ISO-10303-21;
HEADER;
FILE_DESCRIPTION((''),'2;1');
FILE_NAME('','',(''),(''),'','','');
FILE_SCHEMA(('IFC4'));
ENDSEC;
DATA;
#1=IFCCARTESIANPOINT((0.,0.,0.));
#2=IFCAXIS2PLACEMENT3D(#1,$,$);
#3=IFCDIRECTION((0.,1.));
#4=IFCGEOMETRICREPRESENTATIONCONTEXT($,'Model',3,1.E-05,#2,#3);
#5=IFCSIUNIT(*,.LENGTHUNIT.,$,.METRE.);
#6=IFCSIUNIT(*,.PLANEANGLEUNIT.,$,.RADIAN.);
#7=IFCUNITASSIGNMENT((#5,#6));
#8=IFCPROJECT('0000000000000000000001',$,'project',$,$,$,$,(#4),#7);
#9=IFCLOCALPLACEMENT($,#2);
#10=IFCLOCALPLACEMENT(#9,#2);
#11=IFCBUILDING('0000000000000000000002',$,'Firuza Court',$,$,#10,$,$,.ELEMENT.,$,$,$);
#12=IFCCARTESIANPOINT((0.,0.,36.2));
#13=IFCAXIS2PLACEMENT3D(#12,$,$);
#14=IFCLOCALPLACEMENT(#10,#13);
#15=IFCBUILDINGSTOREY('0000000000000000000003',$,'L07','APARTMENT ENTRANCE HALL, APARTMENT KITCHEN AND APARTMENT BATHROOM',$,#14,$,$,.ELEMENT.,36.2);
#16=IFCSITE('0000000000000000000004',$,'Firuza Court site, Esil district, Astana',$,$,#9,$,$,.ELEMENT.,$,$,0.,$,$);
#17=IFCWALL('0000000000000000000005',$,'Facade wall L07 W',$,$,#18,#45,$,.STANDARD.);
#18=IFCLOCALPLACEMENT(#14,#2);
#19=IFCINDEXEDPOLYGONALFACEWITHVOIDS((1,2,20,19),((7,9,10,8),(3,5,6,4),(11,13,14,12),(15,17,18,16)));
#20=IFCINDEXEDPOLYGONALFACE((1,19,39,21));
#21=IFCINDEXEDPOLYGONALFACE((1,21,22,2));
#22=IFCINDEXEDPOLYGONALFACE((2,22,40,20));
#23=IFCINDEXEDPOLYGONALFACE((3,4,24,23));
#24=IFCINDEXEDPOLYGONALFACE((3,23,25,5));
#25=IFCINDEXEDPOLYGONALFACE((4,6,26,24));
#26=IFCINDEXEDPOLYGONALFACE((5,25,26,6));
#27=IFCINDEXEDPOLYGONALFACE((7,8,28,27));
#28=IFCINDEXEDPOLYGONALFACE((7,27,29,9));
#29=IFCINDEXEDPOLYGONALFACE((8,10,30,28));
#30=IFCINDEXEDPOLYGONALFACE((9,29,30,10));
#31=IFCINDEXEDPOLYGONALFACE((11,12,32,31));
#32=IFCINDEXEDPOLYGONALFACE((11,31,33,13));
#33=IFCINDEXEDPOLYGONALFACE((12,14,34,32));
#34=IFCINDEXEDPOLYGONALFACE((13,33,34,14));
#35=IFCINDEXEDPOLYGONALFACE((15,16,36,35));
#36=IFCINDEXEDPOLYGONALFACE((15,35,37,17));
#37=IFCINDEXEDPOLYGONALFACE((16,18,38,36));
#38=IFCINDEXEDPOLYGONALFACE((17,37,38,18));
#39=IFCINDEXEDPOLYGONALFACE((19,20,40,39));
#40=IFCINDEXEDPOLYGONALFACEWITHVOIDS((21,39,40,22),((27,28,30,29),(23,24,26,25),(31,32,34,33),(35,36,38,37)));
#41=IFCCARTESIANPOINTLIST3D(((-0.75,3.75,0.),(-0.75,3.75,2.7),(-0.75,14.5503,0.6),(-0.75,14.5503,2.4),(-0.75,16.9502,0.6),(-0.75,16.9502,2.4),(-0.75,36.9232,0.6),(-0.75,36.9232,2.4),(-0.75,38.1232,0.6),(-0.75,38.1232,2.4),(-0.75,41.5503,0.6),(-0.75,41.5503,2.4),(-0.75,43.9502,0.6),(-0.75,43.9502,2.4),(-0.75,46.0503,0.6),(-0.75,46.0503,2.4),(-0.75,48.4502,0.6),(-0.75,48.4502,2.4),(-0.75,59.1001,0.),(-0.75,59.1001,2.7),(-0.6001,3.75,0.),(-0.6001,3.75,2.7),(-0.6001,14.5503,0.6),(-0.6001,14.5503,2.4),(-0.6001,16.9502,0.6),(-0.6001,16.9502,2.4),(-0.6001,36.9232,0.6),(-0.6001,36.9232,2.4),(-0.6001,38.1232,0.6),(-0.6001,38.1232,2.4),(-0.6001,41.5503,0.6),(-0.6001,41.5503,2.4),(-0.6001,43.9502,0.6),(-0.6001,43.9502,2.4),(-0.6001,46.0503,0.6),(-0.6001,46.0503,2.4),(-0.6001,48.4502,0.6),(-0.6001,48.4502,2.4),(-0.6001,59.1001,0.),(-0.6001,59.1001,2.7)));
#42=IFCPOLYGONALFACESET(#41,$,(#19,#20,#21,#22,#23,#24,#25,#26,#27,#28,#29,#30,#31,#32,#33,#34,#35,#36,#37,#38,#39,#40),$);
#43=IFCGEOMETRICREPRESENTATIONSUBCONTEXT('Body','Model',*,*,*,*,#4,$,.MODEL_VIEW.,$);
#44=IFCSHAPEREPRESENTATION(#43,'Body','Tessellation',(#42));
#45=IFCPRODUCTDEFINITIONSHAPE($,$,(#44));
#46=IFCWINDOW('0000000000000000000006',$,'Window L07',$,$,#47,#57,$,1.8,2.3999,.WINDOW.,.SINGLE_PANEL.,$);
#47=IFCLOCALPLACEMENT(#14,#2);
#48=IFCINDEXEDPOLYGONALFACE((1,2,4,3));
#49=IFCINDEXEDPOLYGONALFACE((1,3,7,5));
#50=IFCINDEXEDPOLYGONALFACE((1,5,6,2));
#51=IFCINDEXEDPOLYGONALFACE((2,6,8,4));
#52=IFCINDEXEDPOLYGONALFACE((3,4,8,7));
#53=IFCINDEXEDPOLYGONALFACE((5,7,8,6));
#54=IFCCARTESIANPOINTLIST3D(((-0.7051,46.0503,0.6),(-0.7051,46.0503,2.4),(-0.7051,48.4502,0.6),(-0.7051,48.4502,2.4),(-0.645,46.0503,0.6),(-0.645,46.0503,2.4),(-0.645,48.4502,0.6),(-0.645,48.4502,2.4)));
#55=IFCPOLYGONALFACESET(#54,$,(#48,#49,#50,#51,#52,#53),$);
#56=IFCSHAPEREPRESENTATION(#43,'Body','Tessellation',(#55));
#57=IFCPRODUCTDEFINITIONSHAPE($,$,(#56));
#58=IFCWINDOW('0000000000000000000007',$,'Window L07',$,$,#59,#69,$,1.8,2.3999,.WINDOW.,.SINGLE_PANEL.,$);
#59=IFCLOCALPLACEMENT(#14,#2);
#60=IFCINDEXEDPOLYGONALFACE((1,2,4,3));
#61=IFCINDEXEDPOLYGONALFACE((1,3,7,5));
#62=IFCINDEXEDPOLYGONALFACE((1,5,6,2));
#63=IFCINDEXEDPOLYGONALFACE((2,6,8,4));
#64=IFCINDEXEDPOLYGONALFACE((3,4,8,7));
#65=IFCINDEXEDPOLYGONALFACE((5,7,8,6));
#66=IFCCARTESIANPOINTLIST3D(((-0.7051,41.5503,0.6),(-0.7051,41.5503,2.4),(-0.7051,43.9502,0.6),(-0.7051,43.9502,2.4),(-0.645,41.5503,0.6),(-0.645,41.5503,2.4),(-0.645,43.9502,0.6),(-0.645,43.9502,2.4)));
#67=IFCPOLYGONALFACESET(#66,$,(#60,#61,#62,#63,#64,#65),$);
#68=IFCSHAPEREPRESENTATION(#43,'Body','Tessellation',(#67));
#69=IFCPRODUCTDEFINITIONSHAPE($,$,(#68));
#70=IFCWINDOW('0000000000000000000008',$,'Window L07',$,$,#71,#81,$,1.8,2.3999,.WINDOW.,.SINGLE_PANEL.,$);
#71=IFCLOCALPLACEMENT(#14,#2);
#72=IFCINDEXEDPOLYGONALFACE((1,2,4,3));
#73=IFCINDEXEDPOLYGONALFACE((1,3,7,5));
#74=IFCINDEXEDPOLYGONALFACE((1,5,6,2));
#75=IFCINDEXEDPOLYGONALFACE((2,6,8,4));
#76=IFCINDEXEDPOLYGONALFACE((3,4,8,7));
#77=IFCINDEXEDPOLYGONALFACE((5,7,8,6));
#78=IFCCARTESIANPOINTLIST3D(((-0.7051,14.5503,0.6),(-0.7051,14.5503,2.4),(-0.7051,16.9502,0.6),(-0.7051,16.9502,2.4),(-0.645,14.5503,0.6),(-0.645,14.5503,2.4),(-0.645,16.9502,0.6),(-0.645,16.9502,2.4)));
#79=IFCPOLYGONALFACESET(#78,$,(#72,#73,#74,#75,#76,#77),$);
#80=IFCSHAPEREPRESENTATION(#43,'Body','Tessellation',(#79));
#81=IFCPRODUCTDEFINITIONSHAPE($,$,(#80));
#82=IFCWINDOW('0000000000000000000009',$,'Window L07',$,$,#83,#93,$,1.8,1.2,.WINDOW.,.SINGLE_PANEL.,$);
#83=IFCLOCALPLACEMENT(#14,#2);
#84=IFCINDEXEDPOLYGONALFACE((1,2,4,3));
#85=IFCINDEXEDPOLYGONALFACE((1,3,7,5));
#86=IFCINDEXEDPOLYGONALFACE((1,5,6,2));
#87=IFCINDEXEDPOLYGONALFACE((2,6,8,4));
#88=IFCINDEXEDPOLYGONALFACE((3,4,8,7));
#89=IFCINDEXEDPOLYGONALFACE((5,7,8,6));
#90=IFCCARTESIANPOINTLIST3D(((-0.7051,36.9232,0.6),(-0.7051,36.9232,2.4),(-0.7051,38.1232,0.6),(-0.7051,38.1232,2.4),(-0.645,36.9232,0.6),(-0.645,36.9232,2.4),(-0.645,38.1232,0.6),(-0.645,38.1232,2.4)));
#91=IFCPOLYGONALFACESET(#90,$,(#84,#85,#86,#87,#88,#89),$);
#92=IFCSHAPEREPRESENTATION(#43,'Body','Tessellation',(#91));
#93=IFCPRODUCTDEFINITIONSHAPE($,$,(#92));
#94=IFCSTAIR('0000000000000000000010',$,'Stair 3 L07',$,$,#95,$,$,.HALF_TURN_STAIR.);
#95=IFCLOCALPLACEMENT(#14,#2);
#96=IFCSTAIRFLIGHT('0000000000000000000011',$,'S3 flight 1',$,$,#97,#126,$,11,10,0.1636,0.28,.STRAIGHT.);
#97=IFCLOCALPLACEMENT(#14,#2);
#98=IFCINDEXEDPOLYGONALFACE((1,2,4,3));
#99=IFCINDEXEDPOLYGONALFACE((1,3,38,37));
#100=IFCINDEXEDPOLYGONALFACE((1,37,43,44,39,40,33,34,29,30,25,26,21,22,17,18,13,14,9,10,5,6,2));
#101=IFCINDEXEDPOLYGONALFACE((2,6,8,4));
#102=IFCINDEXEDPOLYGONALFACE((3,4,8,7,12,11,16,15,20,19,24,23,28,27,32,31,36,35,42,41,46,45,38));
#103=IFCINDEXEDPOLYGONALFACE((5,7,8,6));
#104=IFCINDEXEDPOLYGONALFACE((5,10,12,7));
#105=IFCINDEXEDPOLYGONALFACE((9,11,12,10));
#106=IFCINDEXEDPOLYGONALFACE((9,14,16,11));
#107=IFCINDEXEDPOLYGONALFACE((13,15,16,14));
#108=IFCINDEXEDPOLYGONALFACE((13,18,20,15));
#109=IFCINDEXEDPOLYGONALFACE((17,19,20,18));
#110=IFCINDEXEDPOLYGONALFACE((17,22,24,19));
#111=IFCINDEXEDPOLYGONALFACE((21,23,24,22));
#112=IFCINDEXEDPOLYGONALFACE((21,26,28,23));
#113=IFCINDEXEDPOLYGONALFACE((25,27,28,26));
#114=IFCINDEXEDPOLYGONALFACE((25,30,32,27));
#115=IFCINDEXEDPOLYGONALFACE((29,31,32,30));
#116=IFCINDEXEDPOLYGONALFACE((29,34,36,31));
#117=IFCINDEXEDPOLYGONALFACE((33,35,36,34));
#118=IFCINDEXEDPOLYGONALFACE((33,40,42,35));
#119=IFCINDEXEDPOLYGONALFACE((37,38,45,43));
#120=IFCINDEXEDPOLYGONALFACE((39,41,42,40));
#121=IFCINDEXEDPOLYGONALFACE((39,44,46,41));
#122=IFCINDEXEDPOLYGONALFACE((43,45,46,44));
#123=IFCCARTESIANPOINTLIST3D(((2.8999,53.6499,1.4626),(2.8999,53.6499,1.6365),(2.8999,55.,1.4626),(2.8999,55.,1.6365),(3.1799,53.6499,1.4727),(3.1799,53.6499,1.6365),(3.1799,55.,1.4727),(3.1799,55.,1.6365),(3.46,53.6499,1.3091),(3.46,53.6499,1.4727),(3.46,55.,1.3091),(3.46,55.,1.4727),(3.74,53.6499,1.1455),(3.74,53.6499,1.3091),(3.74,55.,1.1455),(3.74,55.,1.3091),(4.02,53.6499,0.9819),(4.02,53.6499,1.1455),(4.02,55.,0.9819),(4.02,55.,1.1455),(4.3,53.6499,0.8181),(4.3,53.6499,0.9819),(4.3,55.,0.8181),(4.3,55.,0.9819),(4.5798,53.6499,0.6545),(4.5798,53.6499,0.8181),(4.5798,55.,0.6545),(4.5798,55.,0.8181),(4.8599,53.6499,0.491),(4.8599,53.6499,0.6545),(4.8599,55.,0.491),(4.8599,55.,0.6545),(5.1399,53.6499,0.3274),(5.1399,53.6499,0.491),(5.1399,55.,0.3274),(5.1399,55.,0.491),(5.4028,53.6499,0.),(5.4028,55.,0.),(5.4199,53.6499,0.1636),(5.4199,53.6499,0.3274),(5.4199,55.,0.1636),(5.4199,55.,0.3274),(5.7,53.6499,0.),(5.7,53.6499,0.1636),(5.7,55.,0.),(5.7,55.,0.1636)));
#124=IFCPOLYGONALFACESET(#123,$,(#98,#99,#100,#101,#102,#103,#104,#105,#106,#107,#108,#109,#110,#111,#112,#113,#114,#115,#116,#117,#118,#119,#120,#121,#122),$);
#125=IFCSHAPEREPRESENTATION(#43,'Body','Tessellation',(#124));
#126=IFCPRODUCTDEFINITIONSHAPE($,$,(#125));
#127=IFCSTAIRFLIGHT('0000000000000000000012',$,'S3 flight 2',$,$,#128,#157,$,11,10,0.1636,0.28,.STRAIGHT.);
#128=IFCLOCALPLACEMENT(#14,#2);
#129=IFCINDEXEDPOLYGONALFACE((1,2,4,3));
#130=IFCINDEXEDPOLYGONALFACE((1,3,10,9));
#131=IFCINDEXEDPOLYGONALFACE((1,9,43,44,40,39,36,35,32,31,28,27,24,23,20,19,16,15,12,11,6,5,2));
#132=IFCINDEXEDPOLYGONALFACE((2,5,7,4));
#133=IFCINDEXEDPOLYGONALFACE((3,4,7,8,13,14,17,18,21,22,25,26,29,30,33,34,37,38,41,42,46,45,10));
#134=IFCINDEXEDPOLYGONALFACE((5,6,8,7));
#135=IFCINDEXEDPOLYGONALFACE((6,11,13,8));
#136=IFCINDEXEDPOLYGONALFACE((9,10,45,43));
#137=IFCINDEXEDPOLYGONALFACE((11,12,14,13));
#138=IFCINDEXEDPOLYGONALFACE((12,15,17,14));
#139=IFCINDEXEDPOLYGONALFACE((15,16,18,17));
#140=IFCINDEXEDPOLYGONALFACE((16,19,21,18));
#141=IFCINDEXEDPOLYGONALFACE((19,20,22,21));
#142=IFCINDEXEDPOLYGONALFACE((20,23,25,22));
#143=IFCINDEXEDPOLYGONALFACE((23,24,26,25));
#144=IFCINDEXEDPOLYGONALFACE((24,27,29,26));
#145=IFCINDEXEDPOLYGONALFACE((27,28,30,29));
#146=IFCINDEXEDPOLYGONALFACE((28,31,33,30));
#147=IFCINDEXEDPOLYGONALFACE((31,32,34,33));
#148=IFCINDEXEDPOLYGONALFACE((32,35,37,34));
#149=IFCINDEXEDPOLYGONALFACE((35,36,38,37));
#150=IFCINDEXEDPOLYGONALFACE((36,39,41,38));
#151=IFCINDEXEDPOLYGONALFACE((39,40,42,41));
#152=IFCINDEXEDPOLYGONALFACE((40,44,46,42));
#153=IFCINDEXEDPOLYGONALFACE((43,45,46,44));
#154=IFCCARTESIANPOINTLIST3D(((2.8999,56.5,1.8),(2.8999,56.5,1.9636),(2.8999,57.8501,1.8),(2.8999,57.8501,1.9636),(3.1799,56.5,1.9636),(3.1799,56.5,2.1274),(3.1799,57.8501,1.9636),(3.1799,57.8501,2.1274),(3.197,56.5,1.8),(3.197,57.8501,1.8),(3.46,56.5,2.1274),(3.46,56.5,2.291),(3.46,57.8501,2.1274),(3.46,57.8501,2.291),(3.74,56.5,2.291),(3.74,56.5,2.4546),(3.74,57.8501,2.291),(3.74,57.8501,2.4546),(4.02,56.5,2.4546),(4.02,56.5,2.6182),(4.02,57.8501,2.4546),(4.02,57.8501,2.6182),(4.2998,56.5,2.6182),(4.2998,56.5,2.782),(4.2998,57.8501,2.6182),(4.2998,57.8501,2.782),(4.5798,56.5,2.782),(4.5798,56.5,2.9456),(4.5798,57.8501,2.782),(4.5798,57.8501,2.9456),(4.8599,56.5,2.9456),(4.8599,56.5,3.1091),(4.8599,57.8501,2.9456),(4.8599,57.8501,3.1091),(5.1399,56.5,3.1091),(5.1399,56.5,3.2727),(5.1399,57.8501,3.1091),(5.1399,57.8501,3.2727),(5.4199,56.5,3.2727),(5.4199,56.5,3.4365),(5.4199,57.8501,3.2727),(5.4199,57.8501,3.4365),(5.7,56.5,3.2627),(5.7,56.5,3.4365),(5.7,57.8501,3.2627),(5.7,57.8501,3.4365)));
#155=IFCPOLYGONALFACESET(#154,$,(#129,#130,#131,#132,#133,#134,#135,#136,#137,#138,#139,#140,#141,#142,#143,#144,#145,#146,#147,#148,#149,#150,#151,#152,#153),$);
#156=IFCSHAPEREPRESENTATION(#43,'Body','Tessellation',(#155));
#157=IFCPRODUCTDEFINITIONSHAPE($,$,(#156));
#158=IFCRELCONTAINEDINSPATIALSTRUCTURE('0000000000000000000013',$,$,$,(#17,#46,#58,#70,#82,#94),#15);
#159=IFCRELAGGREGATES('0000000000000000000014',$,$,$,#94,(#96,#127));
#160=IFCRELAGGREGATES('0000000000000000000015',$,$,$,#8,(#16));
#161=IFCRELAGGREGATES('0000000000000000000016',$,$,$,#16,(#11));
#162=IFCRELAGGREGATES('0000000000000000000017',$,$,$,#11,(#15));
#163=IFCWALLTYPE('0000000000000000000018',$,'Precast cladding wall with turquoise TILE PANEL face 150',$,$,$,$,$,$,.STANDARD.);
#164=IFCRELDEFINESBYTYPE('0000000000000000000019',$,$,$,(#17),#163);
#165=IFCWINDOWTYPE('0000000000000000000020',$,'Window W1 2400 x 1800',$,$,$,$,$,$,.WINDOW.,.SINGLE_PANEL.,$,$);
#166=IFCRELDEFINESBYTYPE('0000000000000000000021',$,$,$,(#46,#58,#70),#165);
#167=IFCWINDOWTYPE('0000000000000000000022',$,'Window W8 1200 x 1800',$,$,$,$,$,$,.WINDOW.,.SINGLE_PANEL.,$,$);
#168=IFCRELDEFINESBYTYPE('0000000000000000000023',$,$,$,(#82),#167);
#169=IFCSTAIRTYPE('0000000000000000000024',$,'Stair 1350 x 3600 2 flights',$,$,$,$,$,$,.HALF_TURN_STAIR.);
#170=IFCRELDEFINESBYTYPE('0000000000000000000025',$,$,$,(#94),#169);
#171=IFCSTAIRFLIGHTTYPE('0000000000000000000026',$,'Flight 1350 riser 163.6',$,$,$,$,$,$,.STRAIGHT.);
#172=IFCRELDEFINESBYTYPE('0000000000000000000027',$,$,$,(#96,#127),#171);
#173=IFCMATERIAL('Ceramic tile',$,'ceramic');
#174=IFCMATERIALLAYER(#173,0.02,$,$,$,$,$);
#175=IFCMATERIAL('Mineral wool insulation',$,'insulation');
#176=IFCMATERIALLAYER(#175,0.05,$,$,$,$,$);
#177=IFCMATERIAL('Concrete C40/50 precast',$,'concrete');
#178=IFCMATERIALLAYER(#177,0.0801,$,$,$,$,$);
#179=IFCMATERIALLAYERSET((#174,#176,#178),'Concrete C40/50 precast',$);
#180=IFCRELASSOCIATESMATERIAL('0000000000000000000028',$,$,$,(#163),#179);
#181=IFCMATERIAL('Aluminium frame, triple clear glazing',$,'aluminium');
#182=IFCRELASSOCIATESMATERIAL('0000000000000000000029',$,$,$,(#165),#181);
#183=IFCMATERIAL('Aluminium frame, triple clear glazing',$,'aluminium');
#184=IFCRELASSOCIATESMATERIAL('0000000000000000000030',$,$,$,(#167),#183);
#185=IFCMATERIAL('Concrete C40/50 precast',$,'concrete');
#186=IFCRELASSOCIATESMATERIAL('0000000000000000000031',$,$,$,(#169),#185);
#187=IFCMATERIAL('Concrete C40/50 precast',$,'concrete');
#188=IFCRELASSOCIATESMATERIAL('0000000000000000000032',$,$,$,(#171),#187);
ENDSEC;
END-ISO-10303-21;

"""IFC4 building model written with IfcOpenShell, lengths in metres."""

from ifc_helpers import new_model, si_unit, direction, frame, frame_2d, origin, place, context, subcontext, project, spatial, polyline, rectangle, outline, extrude, material, layer, layer_set, type_object, element, fill, aggregate, save


model = new_model("IFC4")

# Units and contexts
model_context = context("Model", 3, precision=1e-05, world=origin(), true_north=direction((0.0, 1.0)))
body_context = subcontext(model_context, "Body", "Model", "MODEL_VIEW")
ifc_project = project(units=[si_unit("LENGTHUNIT", "METRE"), si_unit("PLANEANGLEUNIT", "RADIAN")], contexts=[model_context])

# Site, building, storey
site_placement = place(None, origin())
site = spatial("IfcSite", under=ifc_project, at=site_placement, Name="Firuza Court site, Esil district, Astana", CompositionType="ELEMENT", RefElevation=0.0)
building_placement = place(site_placement, origin())
building = spatial("IfcBuilding", under=site, at=building_placement, Name="Firuza Court", CompositionType="ELEMENT")
storey_placement = place(building_placement, frame((0.0, 0.0, 36.2)))
storey = spatial("IfcBuildingStorey", under=building, at=storey_placement, Name="L07", Description="APARTMENT ENTRANCE HALL, APARTMENT KITCHEN AND APARTMENT BATHROOM", CompositionType="ELEMENT", Elevation=36.2)

# Wall, openings, windows
ifc_material_1 = material(Name="Ceramic tile", Category="ceramic")
ifc_layer_1 = layer(ifc_material_1, 0.02)
ifc_material_2 = material(Name="Mineral wool insulation", Category="insulation")
ifc_layer_2 = layer(ifc_material_2, 0.05)
ifc_material_3 = material(Name="Concrete C40/50 precast", Category="concrete")
ifc_layer_3 = layer(ifc_material_3, 0.0801)
ifc_layer_set_1 = layer_set([ifc_layer_1, ifc_layer_2, ifc_layer_3], Name="Concrete C40/50 precast")
wall_type_1 = type_object("IfcWallType", Name="Precast cladding wall with turquoise TILE PANEL face 150", PredefinedType="STANDARD", material=ifc_layer_set_1)
wall_1_placement = place(storey_placement, frame((-0.675, 59.1001, 0.0), z_axis=(0.0, 0.0, 1.0), x_axis=(0.0, -1.0, 0.0)))
wall_1 = element("IfcWall", 1, at=wall_1_placement, inside=storey, type_object=wall_type_1, Name="Facade wall L07 W", PredefinedType="STANDARD", context=body_context, shape_type="SweptSolid", body=[
    extrude(rectangle(XDim=55.3501, YDim=0.1499, at=frame_2d((27.675, 0.0))), origin(), (0.0, 0.0, 1.0), 2.7),
])
opening_1_placement = place(wall_1_placement, frame((10.6499, 0.0, 0.6001)))
opening_1 = element("IfcOpeningElement", 2, at=opening_1_placement, cuts=wall_1, PredefinedType="OPENING", context=body_context, shape_type="SweptSolid", body=[
    extrude(rectangle(XDim=2.3999, YDim=1.8, at=frame_2d((1.2, 0.8999))), frame((0.0, 0.0869, 0.0), z_axis=(0.0, -1.0, 0.0), x_axis=(1.0, 0.0, 0.0)), (0.0, 0.0, 1.0), 0.1738),
])
opening_2_placement = place(wall_1_placement, frame((15.1499, 0.0, 0.6001)))
opening_2 = element("IfcOpeningElement", 3, at=opening_2_placement, cuts=wall_1, PredefinedType="OPENING", context=body_context, shape_type="SweptSolid", body=[
    extrude(rectangle(XDim=2.3999, YDim=1.8, at=frame_2d((1.2, 0.8999))), frame((0.0, 0.0869, 0.0), z_axis=(0.0, -1.0, 0.0), x_axis=(1.0, 0.0, 0.0)), (0.0, 0.0, 1.0), 0.1738),
])
opening_3_placement = place(wall_1_placement, frame((20.9768, 0.0, 0.6001)))
opening_3 = element("IfcOpeningElement", 4, at=opening_3_placement, cuts=wall_1, PredefinedType="OPENING", context=body_context, shape_type="SweptSolid", body=[
    extrude(rectangle(XDim=1.2, YDim=1.8, at=frame_2d((0.6001, 0.8999))), frame((0.0, 0.0869, 0.0), z_axis=(0.0, -1.0, 0.0), x_axis=(1.0, 0.0, 0.0)), (0.0, 0.0, 1.0), 0.1738),
])
opening_4_placement = place(wall_1_placement, frame((42.1499, 0.0, 0.6001)))
opening_4 = element("IfcOpeningElement", 5, at=opening_4_placement, cuts=wall_1, PredefinedType="OPENING", context=body_context, shape_type="SweptSolid", body=[
    extrude(rectangle(XDim=2.3999, YDim=1.8, at=frame_2d((1.2, 0.8999))), frame((0.0, 0.0869, 0.0), z_axis=(0.0, -1.0, 0.0), x_axis=(1.0, 0.0, 0.0)), (0.0, 0.0, 1.0), 0.1738),
])
ifc_material_4 = material(Name="Aluminium frame, triple clear glazing", Category="aluminium")
window_type_1 = type_object("IfcWindowType", Name="Window W1 2400 x 1800", PartitioningType="SINGLE_PANEL", PredefinedType="WINDOW", material=ifc_material_4)
window_1_placement = place(opening_1_placement, origin())
window_1 = element("IfcWindow", 6, at=window_1_placement, inside=storey, type_object=window_type_1, Name="Window L07", OverallHeight=1.8, OverallWidth=2.3999, PartitioningType="SINGLE_PANEL", PredefinedType="WINDOW", context=body_context, shape_type="SweptSolid", body=[
    extrude(rectangle(XDim=2.3999, YDim=1.8, at=frame_2d((1.2, 0.8999))), frame((0.0, 0.03, 0.0), z_axis=(0.0, -1.0, 0.0), x_axis=(1.0, 0.0, 0.0)), (0.0, 0.0, 1.0), 0.0601),
])
fill(opening_1, window_1)
window_2_placement = place(opening_2_placement, origin())
window_2 = element("IfcWindow", 7, at=window_2_placement, inside=storey, type_object=window_type_1, Name="Window L07", OverallHeight=1.8, OverallWidth=2.3999, PartitioningType="SINGLE_PANEL", PredefinedType="WINDOW", context=body_context, shape_type="SweptSolid", body=[
    extrude(rectangle(XDim=2.3999, YDim=1.8, at=frame_2d((1.2, 0.8999))), frame((0.0, 0.03, 0.0), z_axis=(0.0, -1.0, 0.0), x_axis=(1.0, 0.0, 0.0)), (0.0, 0.0, 1.0), 0.0601),
])
fill(opening_2, window_2)
window_3_placement = place(opening_4_placement, origin())
window_3 = element("IfcWindow", 8, at=window_3_placement, inside=storey, type_object=window_type_1, Name="Window L07", OverallHeight=1.8, OverallWidth=2.3999, PartitioningType="SINGLE_PANEL", PredefinedType="WINDOW", context=body_context, shape_type="SweptSolid", body=[
    extrude(rectangle(XDim=2.3999, YDim=1.8, at=frame_2d((1.2, 0.8999))), frame((0.0, 0.03, 0.0), z_axis=(0.0, -1.0, 0.0), x_axis=(1.0, 0.0, 0.0)), (0.0, 0.0, 1.0), 0.0601),
])
fill(opening_4, window_3)
ifc_material_5 = material(Name="Aluminium frame, triple clear glazing", Category="aluminium")
window_type_2 = type_object("IfcWindowType", Name="Window W8 1200 x 1800", PartitioningType="SINGLE_PANEL", PredefinedType="WINDOW", material=ifc_material_5)
window_4_placement = place(opening_3_placement, origin())
window_4 = element("IfcWindow", 9, at=window_4_placement, inside=storey, type_object=window_type_2, Name="Window L07", OverallHeight=1.8, OverallWidth=1.2, PartitioningType="SINGLE_PANEL", PredefinedType="WINDOW", context=body_context, shape_type="SweptSolid", body=[
    extrude(rectangle(XDim=1.2, YDim=1.8, at=frame_2d((0.6001, 0.8999))), frame((0.0, 0.03, 0.0), z_axis=(0.0, -1.0, 0.0), x_axis=(1.0, 0.0, 0.0)), (0.0, 0.0, 1.0), 0.0601),
])
fill(opening_3, window_4)

# Stair, stair flights
ifc_material_6 = material(Name="Concrete C40/50 precast", Category="concrete")
stair_type = type_object("IfcStairType", Name="Stair 1350 x 3600 2 flights", PredefinedType="HALF_TURN_STAIR", material=ifc_material_6)
stair_placement = place(storey_placement, origin())
stair = element("IfcStair", 10, at=stair_placement, inside=storey, type_object=stair_type, Name="Stair 3 L07", PredefinedType="HALF_TURN_STAIR")
ifc_material_7 = material(Name="Concrete C40/50 precast", Category="concrete")
stair_flight_type = type_object("IfcStairFlightType", Name="Flight 1350 riser 163.6", PredefinedType="STRAIGHT", material=ifc_material_7)
stair_flight_1_placement = place(storey_placement, frame((5.7, 54.325, 0.0), z_axis=(0.0, 0.0, 1.0), x_axis=(-1.0, 0.0, 0.0)))
stair_flight_1 = element("IfcStairFlight", 11, at=stair_flight_1_placement, type_object=stair_flight_type, Name="S3 flight 1", NumberOfRisers=11, NumberOfTreads=10, PredefinedType="STRAIGHT", RiserHeight=0.1636, TreadLength=0.28, context=body_context, shape_type="SweptSolid", body=[
    extrude(outline(polyline([(0.0, 0.0), (0.0, 0.1636), (0.28, 0.1636), (0.28, 0.3274), (0.5601, 0.3274), (0.5601, 0.491), (0.8401, 0.491), (0.8401, 0.6545), (1.1201, 0.6545), (1.1201, 0.8181), (1.3999, 0.8181), (1.3999, 0.9819), (1.6799, 0.9819), (1.6799, 1.1455), (1.96, 1.1455), (1.96, 1.3091), (2.24, 1.3091), (2.24, 1.4727), (2.52, 1.4727), (2.52, 1.6365), (2.8, 1.6365), (2.8, 1.8), (2.8, 1.4626), (0.2971, 0.0), (0.0, 0.0)])), frame((0.0, 0.675, 0.0), z_axis=(0.0, -1.0, 0.0), x_axis=(1.0, 0.0, 0.0)), (0.0, 0.0, 1.0), 1.3501),
])
stair_flight_2_placement = place(storey_placement, frame((2.8999, 57.175, 1.8), z_axis=(0.0, 0.0, 1.0), x_axis=(1.0, 0.0, 0.0)))
stair_flight_2 = element("IfcStairFlight", 12, at=stair_flight_2_placement, type_object=stair_flight_type, Name="S3 flight 2", NumberOfRisers=11, NumberOfTreads=10, PredefinedType="STRAIGHT", RiserHeight=0.1636, TreadLength=0.28, context=body_context, shape_type="SweptSolid", body=[
    extrude(outline(polyline([(0.0, 0.0), (0.0, 0.1636), (0.28, 0.1636), (0.28, 0.3274), (0.5601, 0.3274), (0.5601, 0.491), (0.8401, 0.491), (0.8401, 0.6545), (1.1201, 0.6545), (1.1201, 0.8181), (1.3999, 0.8181), (1.3999, 0.9819), (1.6799, 0.9819), (1.6799, 1.1455), (1.96, 1.1455), (1.96, 1.3091), (2.24, 1.3091), (2.24, 1.4727), (2.52, 1.4727), (2.52, 1.6365), (2.8, 1.6365), (2.8, 1.8), (2.8, 1.4626), (0.2971, 0.0), (0.0, 0.0)])), frame((0.0, 0.675, 0.0), z_axis=(0.0, -1.0, 0.0), x_axis=(1.0, 0.0, 0.0)), (0.0, 0.0, 1.0), 1.3501),
])
aggregate(stair, [stair_flight_1, stair_flight_2])

save(model, "model.ifc")
